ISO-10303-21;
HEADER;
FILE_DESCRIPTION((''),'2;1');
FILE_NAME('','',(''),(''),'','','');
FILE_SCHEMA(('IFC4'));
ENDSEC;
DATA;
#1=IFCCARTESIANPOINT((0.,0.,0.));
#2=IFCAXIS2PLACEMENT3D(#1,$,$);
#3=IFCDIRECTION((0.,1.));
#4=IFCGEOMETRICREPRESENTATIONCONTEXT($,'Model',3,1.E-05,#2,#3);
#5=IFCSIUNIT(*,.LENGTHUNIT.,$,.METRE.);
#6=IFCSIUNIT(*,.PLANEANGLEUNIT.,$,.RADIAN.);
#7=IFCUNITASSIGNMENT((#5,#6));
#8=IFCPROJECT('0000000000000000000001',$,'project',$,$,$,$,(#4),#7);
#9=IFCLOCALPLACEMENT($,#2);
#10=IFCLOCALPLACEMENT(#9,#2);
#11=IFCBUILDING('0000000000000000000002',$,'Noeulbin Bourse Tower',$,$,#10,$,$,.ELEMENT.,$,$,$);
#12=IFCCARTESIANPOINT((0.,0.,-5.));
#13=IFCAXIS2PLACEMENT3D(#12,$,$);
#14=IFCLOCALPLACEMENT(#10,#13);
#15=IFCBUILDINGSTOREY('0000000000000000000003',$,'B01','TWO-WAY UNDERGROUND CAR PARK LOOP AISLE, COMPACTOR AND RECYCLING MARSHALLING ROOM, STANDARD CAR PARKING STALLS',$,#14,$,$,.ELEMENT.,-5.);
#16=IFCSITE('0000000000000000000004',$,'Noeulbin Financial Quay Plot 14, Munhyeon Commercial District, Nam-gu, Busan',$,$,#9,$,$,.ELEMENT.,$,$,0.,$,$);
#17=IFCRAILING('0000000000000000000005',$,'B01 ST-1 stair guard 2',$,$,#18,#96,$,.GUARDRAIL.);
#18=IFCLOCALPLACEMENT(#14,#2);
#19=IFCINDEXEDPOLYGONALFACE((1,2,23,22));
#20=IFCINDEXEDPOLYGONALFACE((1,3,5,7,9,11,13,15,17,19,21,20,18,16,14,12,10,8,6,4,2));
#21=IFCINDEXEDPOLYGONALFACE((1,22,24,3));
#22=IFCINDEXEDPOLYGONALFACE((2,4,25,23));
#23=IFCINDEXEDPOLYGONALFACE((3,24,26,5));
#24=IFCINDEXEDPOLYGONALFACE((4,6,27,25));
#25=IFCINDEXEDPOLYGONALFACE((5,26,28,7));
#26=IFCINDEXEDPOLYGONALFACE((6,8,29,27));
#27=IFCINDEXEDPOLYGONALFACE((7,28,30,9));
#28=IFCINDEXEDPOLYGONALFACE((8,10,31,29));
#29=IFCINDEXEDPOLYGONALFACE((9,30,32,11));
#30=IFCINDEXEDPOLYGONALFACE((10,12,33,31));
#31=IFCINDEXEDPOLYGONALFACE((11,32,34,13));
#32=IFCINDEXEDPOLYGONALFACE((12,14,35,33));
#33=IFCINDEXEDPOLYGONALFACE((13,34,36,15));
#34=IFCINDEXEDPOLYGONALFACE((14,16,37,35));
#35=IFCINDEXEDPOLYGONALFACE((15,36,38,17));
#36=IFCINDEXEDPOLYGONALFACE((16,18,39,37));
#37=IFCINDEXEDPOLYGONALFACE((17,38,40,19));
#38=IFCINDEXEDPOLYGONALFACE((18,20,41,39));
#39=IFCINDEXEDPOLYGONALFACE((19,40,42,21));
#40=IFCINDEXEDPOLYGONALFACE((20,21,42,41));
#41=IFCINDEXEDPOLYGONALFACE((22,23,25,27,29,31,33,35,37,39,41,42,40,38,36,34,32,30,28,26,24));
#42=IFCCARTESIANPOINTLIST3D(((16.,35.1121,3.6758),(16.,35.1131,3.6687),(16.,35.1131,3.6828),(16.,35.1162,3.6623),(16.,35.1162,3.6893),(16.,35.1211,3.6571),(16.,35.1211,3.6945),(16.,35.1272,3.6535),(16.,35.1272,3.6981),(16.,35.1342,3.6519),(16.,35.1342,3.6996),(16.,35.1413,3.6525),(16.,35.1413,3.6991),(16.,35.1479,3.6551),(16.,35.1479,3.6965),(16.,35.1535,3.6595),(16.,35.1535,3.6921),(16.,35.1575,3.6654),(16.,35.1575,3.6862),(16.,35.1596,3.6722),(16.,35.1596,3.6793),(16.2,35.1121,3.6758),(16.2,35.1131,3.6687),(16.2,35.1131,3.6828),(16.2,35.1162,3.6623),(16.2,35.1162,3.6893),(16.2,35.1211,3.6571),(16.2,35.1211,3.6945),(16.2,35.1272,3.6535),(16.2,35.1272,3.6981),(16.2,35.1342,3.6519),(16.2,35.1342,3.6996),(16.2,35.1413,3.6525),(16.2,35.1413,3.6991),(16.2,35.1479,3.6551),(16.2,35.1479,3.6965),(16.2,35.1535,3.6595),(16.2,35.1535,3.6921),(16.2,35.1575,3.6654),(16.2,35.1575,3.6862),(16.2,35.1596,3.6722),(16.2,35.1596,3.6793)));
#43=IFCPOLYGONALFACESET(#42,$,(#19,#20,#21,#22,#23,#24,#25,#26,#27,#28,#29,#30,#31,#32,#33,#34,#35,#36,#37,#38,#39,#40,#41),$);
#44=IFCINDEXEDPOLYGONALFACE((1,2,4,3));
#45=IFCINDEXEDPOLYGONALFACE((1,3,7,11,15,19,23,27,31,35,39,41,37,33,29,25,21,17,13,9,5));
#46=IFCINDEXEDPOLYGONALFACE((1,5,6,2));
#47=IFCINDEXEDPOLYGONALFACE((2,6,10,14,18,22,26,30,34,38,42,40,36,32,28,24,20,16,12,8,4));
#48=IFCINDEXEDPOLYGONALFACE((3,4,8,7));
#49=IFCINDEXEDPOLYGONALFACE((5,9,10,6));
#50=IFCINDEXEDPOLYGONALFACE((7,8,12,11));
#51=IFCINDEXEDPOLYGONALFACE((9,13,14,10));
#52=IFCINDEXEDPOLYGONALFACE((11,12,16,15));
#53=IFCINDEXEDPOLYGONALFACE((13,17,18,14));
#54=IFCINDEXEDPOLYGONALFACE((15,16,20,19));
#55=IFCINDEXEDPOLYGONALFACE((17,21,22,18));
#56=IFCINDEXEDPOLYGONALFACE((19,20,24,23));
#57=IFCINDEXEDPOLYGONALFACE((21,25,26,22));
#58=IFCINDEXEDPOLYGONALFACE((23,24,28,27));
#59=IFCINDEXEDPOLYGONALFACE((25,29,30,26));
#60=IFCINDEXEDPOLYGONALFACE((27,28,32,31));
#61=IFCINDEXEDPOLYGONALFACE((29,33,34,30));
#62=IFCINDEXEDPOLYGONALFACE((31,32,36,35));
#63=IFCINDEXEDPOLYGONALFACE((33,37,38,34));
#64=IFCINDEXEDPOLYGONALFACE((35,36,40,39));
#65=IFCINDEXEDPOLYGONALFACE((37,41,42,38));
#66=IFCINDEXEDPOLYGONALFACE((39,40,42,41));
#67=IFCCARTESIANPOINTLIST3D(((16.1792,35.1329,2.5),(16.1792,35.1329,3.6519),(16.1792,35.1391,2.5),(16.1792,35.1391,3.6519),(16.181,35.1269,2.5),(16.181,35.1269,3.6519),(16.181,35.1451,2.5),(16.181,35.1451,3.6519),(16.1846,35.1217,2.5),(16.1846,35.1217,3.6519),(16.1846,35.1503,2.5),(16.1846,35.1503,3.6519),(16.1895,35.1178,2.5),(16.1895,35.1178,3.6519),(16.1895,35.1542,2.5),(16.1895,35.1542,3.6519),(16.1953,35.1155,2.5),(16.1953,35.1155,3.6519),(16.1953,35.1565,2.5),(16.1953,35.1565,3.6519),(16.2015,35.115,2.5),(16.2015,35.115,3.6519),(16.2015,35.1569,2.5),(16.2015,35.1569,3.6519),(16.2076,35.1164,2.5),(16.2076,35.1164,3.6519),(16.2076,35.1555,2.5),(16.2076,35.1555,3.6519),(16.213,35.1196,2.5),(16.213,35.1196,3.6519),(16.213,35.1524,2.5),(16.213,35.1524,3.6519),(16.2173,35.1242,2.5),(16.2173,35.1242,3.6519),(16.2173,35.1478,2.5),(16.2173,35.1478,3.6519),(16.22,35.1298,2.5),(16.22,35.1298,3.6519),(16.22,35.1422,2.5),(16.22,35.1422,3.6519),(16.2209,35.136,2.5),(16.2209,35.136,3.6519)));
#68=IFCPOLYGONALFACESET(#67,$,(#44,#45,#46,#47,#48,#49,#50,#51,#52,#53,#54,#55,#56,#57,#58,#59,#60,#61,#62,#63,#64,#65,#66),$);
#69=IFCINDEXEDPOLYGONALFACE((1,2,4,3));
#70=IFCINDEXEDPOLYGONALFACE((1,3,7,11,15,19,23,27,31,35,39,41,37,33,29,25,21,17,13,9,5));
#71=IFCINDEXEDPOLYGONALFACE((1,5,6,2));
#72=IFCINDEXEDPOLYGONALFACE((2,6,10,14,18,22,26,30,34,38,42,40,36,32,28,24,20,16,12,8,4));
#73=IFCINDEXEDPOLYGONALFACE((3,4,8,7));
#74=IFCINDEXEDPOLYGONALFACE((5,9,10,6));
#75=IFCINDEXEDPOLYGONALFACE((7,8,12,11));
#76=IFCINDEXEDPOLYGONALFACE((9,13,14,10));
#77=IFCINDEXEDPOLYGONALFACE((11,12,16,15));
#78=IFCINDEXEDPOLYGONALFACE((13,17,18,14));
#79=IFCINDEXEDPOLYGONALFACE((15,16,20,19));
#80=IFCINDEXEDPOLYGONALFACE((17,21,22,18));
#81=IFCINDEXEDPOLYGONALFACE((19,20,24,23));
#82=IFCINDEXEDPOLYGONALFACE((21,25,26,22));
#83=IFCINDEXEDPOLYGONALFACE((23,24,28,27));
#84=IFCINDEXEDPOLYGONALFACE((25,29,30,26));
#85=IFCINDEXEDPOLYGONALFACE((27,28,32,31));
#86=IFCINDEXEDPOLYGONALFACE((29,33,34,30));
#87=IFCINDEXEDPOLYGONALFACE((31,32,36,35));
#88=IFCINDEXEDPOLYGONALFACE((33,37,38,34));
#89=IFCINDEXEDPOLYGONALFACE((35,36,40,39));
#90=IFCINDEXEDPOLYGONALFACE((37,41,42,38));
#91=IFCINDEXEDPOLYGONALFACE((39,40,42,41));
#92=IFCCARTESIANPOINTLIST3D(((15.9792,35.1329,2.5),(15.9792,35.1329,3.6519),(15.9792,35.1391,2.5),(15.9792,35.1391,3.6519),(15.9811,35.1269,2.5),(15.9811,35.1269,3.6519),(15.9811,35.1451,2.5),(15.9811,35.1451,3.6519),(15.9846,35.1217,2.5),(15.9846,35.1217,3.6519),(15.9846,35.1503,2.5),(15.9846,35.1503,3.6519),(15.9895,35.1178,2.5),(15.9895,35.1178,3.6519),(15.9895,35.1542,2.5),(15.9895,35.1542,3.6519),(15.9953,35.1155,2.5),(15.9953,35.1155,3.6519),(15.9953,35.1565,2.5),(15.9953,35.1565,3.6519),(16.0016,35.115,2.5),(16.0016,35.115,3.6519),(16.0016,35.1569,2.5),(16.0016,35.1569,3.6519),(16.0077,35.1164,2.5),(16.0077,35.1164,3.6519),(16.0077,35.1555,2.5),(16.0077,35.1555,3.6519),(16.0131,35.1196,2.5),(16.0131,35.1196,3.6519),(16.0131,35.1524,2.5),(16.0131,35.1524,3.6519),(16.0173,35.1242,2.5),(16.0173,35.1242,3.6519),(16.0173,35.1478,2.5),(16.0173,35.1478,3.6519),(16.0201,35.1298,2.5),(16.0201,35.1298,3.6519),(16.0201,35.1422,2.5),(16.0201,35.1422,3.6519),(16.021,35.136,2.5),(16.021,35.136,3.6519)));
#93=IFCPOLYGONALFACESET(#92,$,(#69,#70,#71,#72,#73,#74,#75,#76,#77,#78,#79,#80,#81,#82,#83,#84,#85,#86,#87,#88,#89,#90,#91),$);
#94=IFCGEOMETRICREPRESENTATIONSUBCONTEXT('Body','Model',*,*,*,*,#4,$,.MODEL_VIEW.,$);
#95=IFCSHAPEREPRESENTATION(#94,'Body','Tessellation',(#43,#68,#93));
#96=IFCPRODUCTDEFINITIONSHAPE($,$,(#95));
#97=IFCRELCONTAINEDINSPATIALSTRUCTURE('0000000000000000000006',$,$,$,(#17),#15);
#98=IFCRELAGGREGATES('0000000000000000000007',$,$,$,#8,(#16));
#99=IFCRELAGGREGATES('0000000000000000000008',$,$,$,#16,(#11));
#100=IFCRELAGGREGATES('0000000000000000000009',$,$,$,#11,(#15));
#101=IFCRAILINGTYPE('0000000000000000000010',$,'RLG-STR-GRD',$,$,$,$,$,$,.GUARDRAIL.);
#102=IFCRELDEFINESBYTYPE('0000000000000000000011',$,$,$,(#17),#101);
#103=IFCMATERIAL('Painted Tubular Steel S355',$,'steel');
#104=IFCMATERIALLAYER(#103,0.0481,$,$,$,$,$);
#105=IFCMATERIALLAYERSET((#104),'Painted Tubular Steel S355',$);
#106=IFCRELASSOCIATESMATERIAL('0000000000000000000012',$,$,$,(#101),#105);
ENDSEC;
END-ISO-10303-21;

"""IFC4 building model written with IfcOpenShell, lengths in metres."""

from ifc_helpers import new_model, si_unit, direction, frame, origin, origin_2d, place, context, subcontext, project, spatial, circle, extrude, material, layer, layer_set, type_object, element, save


model = new_model("IFC4")

# Units and contexts
model_context = context("Model", 3, precision=1e-05, world=origin(), true_north=direction((0.0, 1.0)))
body_context = subcontext(model_context, "Body", "Model", "MODEL_VIEW")
ifc_project = project(units=[si_unit("LENGTHUNIT", "METRE"), si_unit("PLANEANGLEUNIT", "RADIAN")], contexts=[model_context])

# Site, building, storey
site_placement = place(None, origin())
site = spatial("IfcSite", under=ifc_project, at=site_placement, Name="Noeulbin Financial Quay Plot 14, Munhyeon Commercial District, Nam-gu, Busan", CompositionType="ELEMENT", RefElevation=0.0)
building_placement = place(site_placement, origin())
building = spatial("IfcBuilding", under=site, at=building_placement, Name="Noeulbin Bourse Tower", CompositionType="ELEMENT")
storey_placement = place(building_placement, frame((0.0, 0.0, -5.0)))
storey = spatial("IfcBuildingStorey", under=building, at=storey_placement, Name="B01", Description="TWO-WAY UNDERGROUND CAR PARK LOOP AISLE, COMPACTOR AND RECYCLING MARSHALLING ROOM, STANDARD CAR PARKING STALLS", CompositionType="ELEMENT", Elevation=-5.0)

# Railing
ifc_material_1 = material(Name="Painted Tubular Steel S355", Category="steel")
ifc_layer_1 = layer(ifc_material_1, 0.0481)
ifc_layer_set_1 = layer_set([ifc_layer_1], Name="Painted Tubular Steel S355")
railing_type_1 = type_object("IfcRailingType", Name="RLG-STR-GRD", PredefinedType="GUARDRAIL", material=ifc_layer_set_1)
railing_1_placement = place(storey_placement, frame((16.2, 35.136, 2.5)))
element("IfcRailing", 1, at=railing_1_placement, inside=storey, type_object=railing_type_1, Name="B01 ST-1 stair guard 2", PredefinedType="GUARDRAIL", context=body_context, shape_type="SweptSolid", body=[
    extrude(circle(Radius=0.0239, at=origin_2d()), frame((0.0, 0.0, 1.1758), z_axis=(-1.0, 0.0, 0.0), x_axis=(0.0, -1.0, 0.0)), (0.0, 0.0, 1.0), 0.2),
    extrude(circle(Radius=0.021, at=origin_2d()), origin(), (0.0, 0.0, 1.0), 1.1519),
    extrude(circle(Radius=0.021, at=origin_2d()), frame((-0.2, 0.0, 0.0)), (0.0, 0.0, 1.0), 1.1519),
])

save(model, "model.ifc")
